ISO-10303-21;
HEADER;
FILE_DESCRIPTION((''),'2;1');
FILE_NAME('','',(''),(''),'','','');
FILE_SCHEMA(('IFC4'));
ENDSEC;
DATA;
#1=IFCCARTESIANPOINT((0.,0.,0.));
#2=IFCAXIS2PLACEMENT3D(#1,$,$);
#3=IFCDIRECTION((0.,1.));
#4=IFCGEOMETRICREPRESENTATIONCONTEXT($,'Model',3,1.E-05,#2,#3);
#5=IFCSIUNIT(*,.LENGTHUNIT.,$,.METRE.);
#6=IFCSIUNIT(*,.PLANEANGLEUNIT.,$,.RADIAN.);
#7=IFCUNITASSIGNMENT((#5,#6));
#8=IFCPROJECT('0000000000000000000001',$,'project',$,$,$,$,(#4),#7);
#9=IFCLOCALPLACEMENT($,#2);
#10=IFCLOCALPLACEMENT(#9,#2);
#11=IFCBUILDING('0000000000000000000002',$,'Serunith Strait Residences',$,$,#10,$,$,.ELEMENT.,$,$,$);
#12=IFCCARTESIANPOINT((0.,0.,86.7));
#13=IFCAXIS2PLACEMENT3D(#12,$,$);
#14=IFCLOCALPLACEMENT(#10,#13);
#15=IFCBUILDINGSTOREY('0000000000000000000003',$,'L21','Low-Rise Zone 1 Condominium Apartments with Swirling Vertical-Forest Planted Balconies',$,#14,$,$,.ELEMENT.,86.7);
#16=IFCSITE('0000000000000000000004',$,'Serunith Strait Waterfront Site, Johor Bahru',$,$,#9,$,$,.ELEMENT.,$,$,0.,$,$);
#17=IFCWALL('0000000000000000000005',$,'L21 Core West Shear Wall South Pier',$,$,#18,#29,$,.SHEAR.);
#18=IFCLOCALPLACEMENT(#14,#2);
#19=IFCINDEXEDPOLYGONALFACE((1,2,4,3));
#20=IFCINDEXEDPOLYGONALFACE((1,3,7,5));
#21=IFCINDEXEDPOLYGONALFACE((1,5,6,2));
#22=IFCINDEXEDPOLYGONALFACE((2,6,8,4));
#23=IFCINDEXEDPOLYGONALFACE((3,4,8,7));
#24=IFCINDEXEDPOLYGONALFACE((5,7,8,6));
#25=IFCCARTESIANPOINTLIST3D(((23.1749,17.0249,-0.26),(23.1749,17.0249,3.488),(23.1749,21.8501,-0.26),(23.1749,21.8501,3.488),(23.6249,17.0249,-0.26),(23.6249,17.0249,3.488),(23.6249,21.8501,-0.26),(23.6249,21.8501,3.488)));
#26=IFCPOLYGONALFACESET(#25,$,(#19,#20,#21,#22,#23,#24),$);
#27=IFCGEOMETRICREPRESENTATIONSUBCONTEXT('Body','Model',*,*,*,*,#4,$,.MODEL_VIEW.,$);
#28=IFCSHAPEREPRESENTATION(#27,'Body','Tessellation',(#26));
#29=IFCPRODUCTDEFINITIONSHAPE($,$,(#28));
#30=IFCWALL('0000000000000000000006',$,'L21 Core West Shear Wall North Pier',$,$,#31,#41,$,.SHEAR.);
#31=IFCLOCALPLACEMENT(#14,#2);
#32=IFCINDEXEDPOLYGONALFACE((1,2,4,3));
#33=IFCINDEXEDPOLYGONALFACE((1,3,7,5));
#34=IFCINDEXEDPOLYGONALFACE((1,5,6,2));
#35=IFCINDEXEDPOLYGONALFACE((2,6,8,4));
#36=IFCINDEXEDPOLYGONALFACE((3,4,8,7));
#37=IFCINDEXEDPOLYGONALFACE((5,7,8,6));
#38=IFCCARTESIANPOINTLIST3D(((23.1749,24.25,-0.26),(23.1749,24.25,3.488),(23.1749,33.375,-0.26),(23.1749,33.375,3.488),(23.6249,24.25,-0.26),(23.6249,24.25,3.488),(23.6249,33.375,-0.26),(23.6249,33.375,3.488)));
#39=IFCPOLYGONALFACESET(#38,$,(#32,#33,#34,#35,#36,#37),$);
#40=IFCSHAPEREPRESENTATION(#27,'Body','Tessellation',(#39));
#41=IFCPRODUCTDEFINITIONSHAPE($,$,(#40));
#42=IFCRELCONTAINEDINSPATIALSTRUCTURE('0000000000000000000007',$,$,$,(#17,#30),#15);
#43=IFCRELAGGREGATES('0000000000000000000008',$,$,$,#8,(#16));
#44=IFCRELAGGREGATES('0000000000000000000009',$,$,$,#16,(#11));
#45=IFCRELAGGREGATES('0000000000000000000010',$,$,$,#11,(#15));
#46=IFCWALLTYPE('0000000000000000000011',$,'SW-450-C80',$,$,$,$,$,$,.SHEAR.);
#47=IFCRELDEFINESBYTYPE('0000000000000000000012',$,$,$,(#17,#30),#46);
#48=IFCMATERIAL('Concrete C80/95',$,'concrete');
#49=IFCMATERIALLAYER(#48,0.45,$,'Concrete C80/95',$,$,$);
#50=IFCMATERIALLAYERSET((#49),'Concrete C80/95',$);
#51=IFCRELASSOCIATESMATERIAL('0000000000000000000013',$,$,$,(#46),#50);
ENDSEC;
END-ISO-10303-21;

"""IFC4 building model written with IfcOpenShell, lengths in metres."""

from ifc_helpers import new_model, si_unit, direction, frame, frame_2d, origin, place, context, subcontext, project, spatial, rectangle, extrude, material, layer, layer_set, type_object, element, save


model = new_model("IFC4")

# Units and contexts
model_context = context("Model", 3, precision=1e-05, world=origin(), true_north=direction((0.0, 1.0)))
body_context = subcontext(model_context, "Body", "Model", "MODEL_VIEW")
ifc_project = project(units=[si_unit("LENGTHUNIT", "METRE"), si_unit("PLANEANGLEUNIT", "RADIAN")], contexts=[model_context])

# Site, building, storey
site_placement = place(None, origin())
site = spatial("IfcSite", under=ifc_project, at=site_placement, Name="Serunith Strait Waterfront Site, Johor Bahru", CompositionType="ELEMENT", RefElevation=0.0)
building_placement = place(site_placement, origin())
building = spatial("IfcBuilding", under=site, at=building_placement, Name="Serunith Strait Residences", CompositionType="ELEMENT")
storey_placement = place(building_placement, frame((0.0, 0.0, 86.7)))
storey = spatial("IfcBuildingStorey", under=building, at=storey_placement, Name="L21", Description="Low-Rise Zone 1 Condominium Apartments with Swirling Vertical-Forest Planted Balconies", CompositionType="ELEMENT", Elevation=86.7)

# Walls
ifc_material_1 = material(Name="Concrete C80/95", Category="concrete")
ifc_layer_1 = layer(ifc_material_1, 0.45, Name="Concrete C80/95")
ifc_layer_set_1 = layer_set([ifc_layer_1], Name="Concrete C80/95")
wall_type_1 = type_object("IfcWallType", Name="SW-450-C80", PredefinedType="SHEAR", material=ifc_layer_set_1)
wall_1_placement = place(storey_placement, frame((23.3999, 17.0249, -0.26), z_axis=(0.0, 0.0, 1.0), x_axis=(0.0, 1.0, 0.0)))
element("IfcWall", 1, at=wall_1_placement, inside=storey, type_object=wall_type_1, Name="L21 Core West Shear Wall South Pier", PredefinedType="SHEAR", context=body_context, shape_type="SweptSolid", body=[
    extrude(rectangle(XDim=4.8252, YDim=0.45, at=frame_2d((2.4126, 0.0))), origin(), (0.0, 0.0, 1.0), 3.748),
])
wall_2_placement = place(storey_placement, frame((23.3999, 24.25, -0.26), z_axis=(0.0, 0.0, 1.0), x_axis=(0.0, 1.0, 0.0)))
element("IfcWall", 2, at=wall_2_placement, inside=storey, type_object=wall_type_1, Name="L21 Core West Shear Wall North Pier", PredefinedType="SHEAR", context=body_context, shape_type="SweptSolid", body=[
    extrude(rectangle(XDim=9.125, YDim=0.45, at=frame_2d((4.5625, 0.0))), origin(), (0.0, 0.0, 1.0), 3.748),
])

save(model, "model.ifc")
